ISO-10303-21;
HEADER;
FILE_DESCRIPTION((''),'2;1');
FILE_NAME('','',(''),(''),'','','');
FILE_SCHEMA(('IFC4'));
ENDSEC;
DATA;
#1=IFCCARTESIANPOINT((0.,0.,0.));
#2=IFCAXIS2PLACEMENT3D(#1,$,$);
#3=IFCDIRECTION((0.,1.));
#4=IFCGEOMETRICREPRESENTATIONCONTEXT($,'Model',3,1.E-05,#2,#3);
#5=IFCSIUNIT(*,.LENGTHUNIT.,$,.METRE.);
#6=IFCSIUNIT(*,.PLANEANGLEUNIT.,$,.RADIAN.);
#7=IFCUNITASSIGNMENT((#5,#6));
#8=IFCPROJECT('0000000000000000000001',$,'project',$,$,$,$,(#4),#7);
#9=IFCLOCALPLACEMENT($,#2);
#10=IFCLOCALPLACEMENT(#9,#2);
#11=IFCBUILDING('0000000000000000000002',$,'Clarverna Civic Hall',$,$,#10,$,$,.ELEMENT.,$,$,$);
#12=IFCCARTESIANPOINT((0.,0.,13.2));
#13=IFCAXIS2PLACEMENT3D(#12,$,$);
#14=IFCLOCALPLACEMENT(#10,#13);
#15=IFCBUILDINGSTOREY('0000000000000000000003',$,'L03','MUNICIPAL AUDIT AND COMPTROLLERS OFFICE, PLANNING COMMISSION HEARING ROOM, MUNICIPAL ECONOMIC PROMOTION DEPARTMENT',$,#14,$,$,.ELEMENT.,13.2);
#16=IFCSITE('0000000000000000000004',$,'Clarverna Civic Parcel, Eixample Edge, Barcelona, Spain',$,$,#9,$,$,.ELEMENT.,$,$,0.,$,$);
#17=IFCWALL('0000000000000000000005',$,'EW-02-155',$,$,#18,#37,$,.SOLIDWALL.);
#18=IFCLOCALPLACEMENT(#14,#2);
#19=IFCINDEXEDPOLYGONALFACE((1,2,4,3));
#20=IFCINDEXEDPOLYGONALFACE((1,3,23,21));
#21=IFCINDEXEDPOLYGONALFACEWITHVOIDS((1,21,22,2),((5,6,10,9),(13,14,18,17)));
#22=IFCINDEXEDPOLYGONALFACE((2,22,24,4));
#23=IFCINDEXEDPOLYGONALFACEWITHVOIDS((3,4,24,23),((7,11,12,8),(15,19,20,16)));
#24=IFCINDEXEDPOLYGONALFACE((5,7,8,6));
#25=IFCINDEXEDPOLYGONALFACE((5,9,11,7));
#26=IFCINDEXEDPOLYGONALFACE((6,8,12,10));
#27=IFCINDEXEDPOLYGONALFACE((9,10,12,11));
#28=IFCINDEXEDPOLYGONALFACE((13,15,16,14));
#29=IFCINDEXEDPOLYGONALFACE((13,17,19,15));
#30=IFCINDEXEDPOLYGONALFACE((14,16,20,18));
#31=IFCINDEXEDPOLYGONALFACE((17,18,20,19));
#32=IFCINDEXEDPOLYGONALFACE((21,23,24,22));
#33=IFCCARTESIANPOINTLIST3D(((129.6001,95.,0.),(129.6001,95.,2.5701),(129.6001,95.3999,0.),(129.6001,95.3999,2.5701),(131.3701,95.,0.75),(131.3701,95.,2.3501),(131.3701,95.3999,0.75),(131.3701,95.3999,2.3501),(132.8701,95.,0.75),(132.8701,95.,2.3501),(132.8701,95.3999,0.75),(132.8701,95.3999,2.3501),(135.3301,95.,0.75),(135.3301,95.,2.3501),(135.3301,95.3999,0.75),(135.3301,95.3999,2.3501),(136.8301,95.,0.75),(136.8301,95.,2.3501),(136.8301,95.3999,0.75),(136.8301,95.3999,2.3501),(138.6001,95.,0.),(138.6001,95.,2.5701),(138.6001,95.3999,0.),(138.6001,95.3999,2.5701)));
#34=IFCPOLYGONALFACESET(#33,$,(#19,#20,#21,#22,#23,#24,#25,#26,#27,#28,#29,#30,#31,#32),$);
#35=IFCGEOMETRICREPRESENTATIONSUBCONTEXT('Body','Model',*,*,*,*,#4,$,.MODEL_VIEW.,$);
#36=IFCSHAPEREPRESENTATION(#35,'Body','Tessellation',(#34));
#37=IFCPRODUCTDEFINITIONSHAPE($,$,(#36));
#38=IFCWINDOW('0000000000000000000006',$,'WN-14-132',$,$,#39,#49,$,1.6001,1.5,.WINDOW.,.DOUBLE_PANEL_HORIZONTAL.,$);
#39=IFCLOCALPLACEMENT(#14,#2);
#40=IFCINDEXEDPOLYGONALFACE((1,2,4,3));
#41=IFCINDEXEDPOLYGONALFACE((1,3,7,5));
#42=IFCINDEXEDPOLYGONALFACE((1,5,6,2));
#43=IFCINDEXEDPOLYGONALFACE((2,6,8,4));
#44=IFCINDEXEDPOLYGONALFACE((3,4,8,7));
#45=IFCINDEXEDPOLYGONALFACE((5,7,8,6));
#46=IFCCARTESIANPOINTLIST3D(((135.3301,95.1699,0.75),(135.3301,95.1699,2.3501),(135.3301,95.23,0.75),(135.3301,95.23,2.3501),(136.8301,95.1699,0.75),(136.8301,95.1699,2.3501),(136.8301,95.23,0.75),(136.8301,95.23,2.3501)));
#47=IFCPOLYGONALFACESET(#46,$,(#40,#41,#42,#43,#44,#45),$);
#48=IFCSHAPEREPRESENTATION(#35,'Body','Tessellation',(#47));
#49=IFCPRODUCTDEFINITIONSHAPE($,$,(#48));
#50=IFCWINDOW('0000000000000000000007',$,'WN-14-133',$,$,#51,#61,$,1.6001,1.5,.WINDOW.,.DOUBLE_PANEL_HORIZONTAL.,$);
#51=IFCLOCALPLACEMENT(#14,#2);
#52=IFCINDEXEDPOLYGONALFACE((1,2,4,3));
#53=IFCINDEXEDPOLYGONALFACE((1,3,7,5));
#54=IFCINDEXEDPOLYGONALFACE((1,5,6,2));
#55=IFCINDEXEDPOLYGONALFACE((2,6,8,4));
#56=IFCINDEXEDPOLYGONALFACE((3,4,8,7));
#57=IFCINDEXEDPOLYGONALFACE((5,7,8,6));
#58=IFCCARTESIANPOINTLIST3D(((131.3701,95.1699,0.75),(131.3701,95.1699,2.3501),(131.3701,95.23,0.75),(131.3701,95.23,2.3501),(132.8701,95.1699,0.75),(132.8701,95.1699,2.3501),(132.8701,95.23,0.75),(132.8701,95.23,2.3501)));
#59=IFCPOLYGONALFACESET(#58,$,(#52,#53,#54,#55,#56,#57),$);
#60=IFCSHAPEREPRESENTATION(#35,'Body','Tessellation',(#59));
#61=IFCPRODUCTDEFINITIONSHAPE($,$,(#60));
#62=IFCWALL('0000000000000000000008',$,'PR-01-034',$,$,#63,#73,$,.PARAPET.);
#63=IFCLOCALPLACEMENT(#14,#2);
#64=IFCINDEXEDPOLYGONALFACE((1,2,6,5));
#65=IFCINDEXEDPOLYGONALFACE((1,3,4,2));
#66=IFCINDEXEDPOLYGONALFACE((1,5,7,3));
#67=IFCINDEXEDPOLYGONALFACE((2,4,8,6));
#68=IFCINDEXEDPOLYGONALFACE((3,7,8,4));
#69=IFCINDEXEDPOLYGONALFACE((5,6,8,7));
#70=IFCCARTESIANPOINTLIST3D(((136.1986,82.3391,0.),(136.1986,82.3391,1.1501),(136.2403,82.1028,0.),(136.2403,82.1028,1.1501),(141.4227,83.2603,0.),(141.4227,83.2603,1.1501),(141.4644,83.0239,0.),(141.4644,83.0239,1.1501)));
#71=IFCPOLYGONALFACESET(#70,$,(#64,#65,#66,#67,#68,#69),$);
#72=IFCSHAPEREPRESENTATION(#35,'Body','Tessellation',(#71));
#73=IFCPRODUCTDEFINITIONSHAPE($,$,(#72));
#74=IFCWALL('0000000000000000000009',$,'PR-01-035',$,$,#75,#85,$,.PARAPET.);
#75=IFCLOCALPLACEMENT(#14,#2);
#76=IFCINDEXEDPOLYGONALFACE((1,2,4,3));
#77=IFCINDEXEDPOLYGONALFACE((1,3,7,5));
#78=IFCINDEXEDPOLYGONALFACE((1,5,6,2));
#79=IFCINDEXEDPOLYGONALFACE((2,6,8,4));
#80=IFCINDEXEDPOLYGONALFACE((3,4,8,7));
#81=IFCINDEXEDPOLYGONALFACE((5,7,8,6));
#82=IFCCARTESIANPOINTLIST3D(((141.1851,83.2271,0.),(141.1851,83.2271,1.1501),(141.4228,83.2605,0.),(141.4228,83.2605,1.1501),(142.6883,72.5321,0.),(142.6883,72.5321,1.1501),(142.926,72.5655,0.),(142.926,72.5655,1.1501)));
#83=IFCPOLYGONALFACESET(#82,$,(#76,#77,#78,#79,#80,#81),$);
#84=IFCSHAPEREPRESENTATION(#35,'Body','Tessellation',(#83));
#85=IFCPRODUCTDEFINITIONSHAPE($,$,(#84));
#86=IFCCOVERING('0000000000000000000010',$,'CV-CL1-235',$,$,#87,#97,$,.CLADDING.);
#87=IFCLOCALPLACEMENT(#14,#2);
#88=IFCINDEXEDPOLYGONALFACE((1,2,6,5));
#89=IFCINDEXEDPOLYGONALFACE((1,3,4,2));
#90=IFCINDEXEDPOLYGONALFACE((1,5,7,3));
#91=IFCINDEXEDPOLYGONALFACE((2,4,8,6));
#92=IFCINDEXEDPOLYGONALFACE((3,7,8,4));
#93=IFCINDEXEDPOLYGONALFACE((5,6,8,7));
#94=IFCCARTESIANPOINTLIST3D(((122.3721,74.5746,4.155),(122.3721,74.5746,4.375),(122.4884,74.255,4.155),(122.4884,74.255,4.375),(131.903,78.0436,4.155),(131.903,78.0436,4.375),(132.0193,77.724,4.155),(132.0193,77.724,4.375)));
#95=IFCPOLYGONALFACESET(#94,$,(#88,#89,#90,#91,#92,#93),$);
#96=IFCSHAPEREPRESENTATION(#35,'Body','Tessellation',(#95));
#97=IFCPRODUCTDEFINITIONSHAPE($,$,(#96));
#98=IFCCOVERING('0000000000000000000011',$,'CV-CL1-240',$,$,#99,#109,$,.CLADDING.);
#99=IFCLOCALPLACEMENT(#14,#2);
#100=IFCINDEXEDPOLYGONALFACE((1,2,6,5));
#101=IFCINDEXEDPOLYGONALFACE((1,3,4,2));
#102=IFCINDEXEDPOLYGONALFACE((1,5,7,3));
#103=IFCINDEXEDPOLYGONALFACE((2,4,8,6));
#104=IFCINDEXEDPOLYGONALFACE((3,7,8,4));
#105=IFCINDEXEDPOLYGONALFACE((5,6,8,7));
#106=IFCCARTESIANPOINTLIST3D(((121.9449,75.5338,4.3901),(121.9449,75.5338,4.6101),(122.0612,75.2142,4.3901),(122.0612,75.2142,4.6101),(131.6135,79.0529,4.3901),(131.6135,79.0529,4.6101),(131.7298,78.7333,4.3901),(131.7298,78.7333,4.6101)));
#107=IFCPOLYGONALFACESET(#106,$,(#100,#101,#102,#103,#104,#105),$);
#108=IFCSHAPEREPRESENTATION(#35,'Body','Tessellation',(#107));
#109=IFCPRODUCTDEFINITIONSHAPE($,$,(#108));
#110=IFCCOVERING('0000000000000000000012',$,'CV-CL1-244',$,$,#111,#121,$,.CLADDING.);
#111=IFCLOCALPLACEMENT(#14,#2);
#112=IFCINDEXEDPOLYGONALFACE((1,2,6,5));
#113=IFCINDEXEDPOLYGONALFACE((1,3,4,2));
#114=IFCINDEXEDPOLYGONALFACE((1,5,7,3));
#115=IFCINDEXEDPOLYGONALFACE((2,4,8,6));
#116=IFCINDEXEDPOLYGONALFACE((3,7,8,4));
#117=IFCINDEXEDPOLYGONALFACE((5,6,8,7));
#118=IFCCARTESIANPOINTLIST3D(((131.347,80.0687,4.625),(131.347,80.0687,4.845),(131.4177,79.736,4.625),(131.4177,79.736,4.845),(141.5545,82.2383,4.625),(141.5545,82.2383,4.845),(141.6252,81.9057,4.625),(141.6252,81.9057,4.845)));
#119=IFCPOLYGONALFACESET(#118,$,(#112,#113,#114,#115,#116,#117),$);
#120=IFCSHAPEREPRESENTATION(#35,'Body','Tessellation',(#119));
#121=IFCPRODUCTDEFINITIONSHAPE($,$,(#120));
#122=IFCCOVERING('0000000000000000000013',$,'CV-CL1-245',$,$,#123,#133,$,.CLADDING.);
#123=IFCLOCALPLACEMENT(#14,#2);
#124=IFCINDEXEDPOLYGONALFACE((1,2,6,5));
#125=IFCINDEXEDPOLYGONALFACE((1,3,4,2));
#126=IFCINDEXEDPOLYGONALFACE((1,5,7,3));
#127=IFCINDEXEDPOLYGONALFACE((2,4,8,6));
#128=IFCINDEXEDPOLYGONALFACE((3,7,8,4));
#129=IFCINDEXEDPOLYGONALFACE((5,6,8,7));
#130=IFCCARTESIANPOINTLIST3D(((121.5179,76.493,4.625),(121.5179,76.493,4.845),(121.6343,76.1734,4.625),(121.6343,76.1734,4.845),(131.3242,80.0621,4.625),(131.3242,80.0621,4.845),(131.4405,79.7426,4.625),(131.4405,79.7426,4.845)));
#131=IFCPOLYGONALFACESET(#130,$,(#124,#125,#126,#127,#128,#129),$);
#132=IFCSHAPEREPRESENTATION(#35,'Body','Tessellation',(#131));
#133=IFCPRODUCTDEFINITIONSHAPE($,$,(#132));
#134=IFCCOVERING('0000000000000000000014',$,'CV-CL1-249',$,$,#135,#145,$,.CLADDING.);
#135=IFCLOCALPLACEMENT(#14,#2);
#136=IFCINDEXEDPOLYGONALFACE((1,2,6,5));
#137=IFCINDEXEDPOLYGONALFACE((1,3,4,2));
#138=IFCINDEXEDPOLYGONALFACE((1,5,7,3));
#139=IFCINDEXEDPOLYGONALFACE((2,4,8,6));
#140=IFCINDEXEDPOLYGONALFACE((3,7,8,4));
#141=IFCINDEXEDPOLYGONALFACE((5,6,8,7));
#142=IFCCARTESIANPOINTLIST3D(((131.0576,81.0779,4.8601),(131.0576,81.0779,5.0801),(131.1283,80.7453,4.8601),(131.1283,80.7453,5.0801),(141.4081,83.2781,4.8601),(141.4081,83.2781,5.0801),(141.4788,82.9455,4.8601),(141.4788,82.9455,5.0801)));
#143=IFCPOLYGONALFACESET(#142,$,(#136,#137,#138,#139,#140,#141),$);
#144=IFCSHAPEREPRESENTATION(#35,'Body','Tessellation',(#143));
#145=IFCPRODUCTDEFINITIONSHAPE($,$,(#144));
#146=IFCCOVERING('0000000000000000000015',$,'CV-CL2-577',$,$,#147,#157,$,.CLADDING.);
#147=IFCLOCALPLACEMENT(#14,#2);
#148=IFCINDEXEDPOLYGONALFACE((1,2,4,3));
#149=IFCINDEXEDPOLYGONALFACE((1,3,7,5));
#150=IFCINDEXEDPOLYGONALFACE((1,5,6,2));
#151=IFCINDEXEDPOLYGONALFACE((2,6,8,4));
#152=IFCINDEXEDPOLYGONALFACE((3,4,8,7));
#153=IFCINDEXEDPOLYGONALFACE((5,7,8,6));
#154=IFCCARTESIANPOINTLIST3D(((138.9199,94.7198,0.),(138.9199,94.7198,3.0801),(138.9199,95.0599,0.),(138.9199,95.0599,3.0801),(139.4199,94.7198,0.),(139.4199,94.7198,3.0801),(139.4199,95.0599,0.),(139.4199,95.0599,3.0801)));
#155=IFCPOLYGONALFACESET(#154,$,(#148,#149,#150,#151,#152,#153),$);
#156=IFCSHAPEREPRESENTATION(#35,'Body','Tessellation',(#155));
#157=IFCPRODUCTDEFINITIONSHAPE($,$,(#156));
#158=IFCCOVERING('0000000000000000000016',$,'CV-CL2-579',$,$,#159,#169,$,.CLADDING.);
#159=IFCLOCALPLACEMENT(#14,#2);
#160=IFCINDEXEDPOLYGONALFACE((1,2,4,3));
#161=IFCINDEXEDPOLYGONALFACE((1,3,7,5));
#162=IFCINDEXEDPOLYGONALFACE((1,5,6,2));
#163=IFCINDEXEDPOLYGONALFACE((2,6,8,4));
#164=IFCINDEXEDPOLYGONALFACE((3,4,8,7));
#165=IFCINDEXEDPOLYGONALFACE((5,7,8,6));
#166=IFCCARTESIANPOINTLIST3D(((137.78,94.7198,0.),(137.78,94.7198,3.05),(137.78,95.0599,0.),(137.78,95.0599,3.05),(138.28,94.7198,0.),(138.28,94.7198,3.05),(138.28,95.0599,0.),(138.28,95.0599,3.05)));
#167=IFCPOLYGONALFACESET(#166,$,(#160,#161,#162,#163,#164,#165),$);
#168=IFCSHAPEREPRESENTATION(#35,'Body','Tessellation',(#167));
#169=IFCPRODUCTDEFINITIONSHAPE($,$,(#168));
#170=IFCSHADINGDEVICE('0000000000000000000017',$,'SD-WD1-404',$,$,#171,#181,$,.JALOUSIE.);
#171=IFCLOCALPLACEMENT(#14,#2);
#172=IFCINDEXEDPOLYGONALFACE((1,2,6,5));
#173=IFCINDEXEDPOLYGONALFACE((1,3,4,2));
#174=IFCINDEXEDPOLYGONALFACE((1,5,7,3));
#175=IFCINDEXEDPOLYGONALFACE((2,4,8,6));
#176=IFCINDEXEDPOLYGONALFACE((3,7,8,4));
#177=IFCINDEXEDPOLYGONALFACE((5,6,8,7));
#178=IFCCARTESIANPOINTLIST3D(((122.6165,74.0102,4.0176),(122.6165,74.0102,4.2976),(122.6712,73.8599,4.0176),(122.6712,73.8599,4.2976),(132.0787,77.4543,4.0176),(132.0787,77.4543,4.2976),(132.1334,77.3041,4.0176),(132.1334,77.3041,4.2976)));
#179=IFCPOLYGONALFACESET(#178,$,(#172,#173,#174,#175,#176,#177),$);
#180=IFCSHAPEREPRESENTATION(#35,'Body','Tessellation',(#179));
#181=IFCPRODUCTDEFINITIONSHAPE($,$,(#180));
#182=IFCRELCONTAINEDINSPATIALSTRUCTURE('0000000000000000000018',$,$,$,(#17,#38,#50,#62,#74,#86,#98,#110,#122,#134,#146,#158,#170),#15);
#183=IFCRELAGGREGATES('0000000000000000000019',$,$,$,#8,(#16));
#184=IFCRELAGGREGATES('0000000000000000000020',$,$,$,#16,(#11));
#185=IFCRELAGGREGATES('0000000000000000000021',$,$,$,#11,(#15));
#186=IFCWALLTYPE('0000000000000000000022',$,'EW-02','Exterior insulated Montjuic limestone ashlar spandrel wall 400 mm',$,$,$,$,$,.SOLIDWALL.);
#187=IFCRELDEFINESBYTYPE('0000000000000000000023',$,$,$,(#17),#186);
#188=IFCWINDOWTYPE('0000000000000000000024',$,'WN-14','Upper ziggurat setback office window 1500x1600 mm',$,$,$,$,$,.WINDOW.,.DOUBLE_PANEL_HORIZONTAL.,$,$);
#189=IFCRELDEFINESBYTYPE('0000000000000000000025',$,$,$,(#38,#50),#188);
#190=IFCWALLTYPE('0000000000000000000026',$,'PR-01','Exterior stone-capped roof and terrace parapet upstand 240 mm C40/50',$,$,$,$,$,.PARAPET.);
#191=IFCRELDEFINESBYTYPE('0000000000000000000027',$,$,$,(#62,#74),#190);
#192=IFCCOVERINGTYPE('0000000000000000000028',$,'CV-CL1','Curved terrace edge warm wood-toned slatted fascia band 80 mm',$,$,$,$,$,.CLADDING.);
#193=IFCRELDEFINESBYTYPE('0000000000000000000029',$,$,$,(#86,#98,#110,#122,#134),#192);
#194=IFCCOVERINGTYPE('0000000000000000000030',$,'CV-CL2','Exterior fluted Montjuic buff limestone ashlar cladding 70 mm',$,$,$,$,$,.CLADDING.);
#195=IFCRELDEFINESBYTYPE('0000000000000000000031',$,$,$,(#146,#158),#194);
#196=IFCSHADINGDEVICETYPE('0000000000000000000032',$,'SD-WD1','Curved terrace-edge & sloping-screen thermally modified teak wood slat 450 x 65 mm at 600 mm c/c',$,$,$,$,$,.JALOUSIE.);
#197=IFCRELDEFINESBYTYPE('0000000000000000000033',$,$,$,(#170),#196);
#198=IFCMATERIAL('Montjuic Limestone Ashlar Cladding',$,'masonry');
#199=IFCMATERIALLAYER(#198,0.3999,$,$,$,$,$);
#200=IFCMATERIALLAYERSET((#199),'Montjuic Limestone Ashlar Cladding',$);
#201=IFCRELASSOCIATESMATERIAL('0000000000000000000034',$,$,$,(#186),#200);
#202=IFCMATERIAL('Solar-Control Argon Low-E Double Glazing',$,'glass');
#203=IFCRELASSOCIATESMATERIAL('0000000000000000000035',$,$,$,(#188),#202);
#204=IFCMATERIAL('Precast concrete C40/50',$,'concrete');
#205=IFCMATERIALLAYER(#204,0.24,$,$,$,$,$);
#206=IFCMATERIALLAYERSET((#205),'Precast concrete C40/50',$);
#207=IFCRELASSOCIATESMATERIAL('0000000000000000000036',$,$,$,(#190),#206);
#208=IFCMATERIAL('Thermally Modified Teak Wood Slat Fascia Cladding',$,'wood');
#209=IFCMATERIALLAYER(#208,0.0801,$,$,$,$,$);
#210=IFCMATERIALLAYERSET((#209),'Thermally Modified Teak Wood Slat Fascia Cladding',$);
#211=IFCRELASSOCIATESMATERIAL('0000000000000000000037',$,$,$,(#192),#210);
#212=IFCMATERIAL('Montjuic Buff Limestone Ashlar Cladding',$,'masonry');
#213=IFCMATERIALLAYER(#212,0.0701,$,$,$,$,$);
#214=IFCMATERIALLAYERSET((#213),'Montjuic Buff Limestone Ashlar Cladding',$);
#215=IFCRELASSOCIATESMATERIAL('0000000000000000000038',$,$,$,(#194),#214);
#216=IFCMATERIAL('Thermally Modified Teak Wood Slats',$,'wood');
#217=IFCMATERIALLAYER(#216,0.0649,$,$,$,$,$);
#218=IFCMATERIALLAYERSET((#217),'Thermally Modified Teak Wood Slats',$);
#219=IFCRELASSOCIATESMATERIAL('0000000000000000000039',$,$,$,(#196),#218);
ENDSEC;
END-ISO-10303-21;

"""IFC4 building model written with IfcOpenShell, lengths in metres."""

from ifc_helpers import new_model, si_unit, direction, frame, frame_2d, origin, place, context, subcontext, project, spatial, rectangle, extrude, material, layer, layer_set, type_object, element, fill, save


model = new_model("IFC4")

# Units and contexts
model_context = context("Model", 3, precision=1e-05, world=origin(), true_north=direction((0.0, 1.0)))
body_context = subcontext(model_context, "Body", "Model", "MODEL_VIEW")
ifc_project = project(units=[si_unit("LENGTHUNIT", "METRE"), si_unit("PLANEANGLEUNIT", "RADIAN")], contexts=[model_context])

# Site, building, storey
site_placement = place(None, origin())
site = spatial("IfcSite", under=ifc_project, at=site_placement, Name="Clarverna Civic Parcel, Eixample Edge, Barcelona, Spain", CompositionType="ELEMENT", RefElevation=0.0)
building_placement = place(site_placement, origin())
building = spatial("IfcBuilding", under=site, at=building_placement, Name="Clarverna Civic Hall", CompositionType="ELEMENT")
storey_placement = place(building_placement, frame((0.0, 0.0, 13.2)))
storey = spatial("IfcBuildingStorey", under=building, at=storey_placement, Name="L03", Description="MUNICIPAL AUDIT AND COMPTROLLERS OFFICE, PLANNING COMMISSION HEARING ROOM, MUNICIPAL ECONOMIC PROMOTION DEPARTMENT", CompositionType="ELEMENT", Elevation=13.2)

# Wall, openings, windows
ifc_material_1 = material(Name="Montjuic Limestone Ashlar Cladding", Category="masonry")
ifc_layer_1 = layer(ifc_material_1, 0.3999)
ifc_layer_set_1 = layer_set([ifc_layer_1], Name="Montjuic Limestone Ashlar Cladding")
wall_type_1 = type_object("IfcWallType", Name="EW-02", Description="Exterior insulated Montjuic limestone ashlar spandrel wall 400 mm", PredefinedType="SOLIDWALL", material=ifc_layer_set_1)
wall_1_placement = place(storey_placement, frame((138.6001, 95.2, 0.0), z_axis=(0.0, 0.0, 1.0), x_axis=(-1.0, 0.0, 0.0)))
wall_1 = element("IfcWall", 1, at=wall_1_placement, inside=storey, type_object=wall_type_1, Name="EW-02-155", PredefinedType="SOLIDWALL", context=body_context, shape_type="SweptSolid", body=[
    extrude(rectangle(XDim=9.0, YDim=0.3999, at=frame_2d((4.5, 0.0))), origin(), (0.0, 0.0, 1.0), 2.5701),
])
opening_1_placement = place(wall_1_placement, frame((1.77, 0.0, 0.75)))
opening_1 = element("IfcOpeningElement", 2, at=opening_1_placement, cuts=wall_1, PredefinedType="OPENING", context=body_context, shape_type="SweptSolid", body=[
    extrude(rectangle(XDim=1.5, YDim=1.6001, at=frame_2d((0.75, 0.8))), frame((0.0, 0.21, 0.0), z_axis=(0.0, -1.0, 0.0), x_axis=(1.0, 0.0, 0.0)), (0.0, 0.0, 1.0), 0.4199),
])
opening_2_placement = place(wall_1_placement, frame((5.73, 0.0, 0.75)))
opening_2 = element("IfcOpeningElement", 3, at=opening_2_placement, cuts=wall_1, PredefinedType="OPENING", context=body_context, shape_type="SweptSolid", body=[
    extrude(rectangle(XDim=1.5, YDim=1.6001, at=frame_2d((0.75, 0.8))), frame((0.0, 0.21, 0.0), z_axis=(0.0, -1.0, 0.0), x_axis=(1.0, 0.0, 0.0)), (0.0, 0.0, 1.0), 0.4199),
])
ifc_material_2 = material(Name="Solar-Control Argon Low-E Double Glazing", Category="glass")
window_type = type_object("IfcWindowType", Name="WN-14", Description="Upper ziggurat setback office window 1500x1600 mm", PartitioningType="DOUBLE_PANEL_HORIZONTAL", PredefinedType="WINDOW", material=ifc_material_2)
window_1_placement = place(opening_1_placement, origin())
window_1 = element("IfcWindow", 4, at=window_1_placement, inside=storey, type_object=window_type, Name="WN-14-132", OverallHeight=1.6001, OverallWidth=1.5, PartitioningType="DOUBLE_PANEL_HORIZONTAL", PredefinedType="WINDOW", context=body_context, shape_type="SweptSolid", body=[
    extrude(rectangle(XDim=1.5, YDim=1.6001, at=frame_2d((0.75, 0.8))), frame((0.0, 0.03, 0.0), z_axis=(0.0, -1.0, 0.0), x_axis=(1.0, 0.0, 0.0)), (0.0, 0.0, 1.0), 0.0601),
])
fill(opening_1, window_1)
window_2_placement = place(opening_2_placement, origin())
window_2 = element("IfcWindow", 5, at=window_2_placement, inside=storey, type_object=window_type, Name="WN-14-133", OverallHeight=1.6001, OverallWidth=1.5, PartitioningType="DOUBLE_PANEL_HORIZONTAL", PredefinedType="WINDOW", context=body_context, shape_type="SweptSolid", body=[
    extrude(rectangle(XDim=1.5, YDim=1.6001, at=frame_2d((0.75, 0.8))), frame((0.0, 0.03, 0.0), z_axis=(0.0, -1.0, 0.0), x_axis=(1.0, 0.0, 0.0)), (0.0, 0.0, 1.0), 0.0601),
])
fill(opening_2, window_2)

# Walls
ifc_material_3 = material(Name="Precast concrete C40/50", Category="concrete")
ifc_layer_2 = layer(ifc_material_3, 0.24)
ifc_layer_set_2 = layer_set([ifc_layer_2], Name="Precast concrete C40/50")
wall_type_2 = type_object("IfcWallType", Name="PR-01", Description="Exterior stone-capped roof and terrace parapet upstand 240 mm C40/50", PredefinedType="PARAPET", material=ifc_layer_set_2)
wall_2_placement = place(storey_placement, frame((136.2195, 82.2209, 0.0), z_axis=(0.0, 0.0, 1.0), x_axis=(0.984808, 0.173646, 0.0)))
element("IfcWall", 6, at=wall_2_placement, inside=storey, type_object=wall_type_2, Name="PR-01-034", PredefinedType="PARAPET", context=body_context, shape_type="SweptSolid", body=[
    extrude(rectangle(XDim=5.3047, YDim=0.24, at=frame_2d((2.6523, 0.0))), origin(), (0.0, 0.0, 1.0), 1.1501),
])
wall_3_placement = place(storey_placement, frame((141.304, 83.2437, 0.0), z_axis=(0.0, 0.0, 1.0), x_axis=(0.139183, -0.990267, 0.0)))
element("IfcWall", 7, at=wall_3_placement, inside=storey, type_object=wall_type_2, Name="PR-01-035", PredefinedType="PARAPET", context=body_context, shape_type="SweptSolid", body=[
    extrude(rectangle(XDim=10.8, YDim=0.24, at=frame_2d((5.3999, 0.0))), origin(), (0.0, 0.0, 1.0), 1.1501),
])

# Coverings
ifc_material_4 = material(Name="Thermally Modified Teak Wood Slat Fascia Cladding", Category="wood")
ifc_layer_3 = layer(ifc_material_4, 0.0801)
ifc_layer_set_3 = layer_set([ifc_layer_3], Name="Thermally Modified Teak Wood Slat Fascia Cladding")
covering_type_1 = type_object("IfcCoveringType", Name="CV-CL1", Description="Curved terrace edge warm wood-toned slatted fascia band 80 mm", PredefinedType="CLADDING", material=ifc_layer_set_3)
covering_1_placement = place(storey_placement, frame((131.9612, 77.8838, 4.155), z_axis=(0.0, 0.0, 1.0), x_axis=(-0.939693, -0.342019, 0.0)))
element("IfcCovering", 8, at=covering_1_placement, inside=storey, type_object=covering_type_1, Name="CV-CL1-235", PredefinedType="CLADDING", context=body_context, shape_type="SweptSolid", body=[
    extrude(rectangle(XDim=10.1426, YDim=0.3401, at=frame_2d((5.0713, 0.0))), origin(), (0.0, 0.0, 1.0), 0.22),
])
covering_2_placement = place(storey_placement, frame((131.6716, 78.8931, 4.3901), z_axis=(0.0, 0.0, 1.0), x_axis=(-0.939692, -0.342021, 0.0)))
element("IfcCovering", 9, at=covering_2_placement, inside=storey, type_object=covering_type_1, Name="CV-CL1-240", PredefinedType="CLADDING", context=body_context, shape_type="SweptSolid", body=[
    extrude(rectangle(XDim=10.2891, YDim=0.3401, at=frame_2d((5.1445, 0.0))), origin(), (0.0, 0.0, 1.0), 0.22),
])
for number, where, z_axis, x_axis, name in (
    (10, (141.5898, 82.072, 4.625), (0.0, 0.0, 1.0), (-0.978148, -0.207912, 0.0), "CV-CL1-244"),
    (11, (131.3823, 79.9023, 4.625), (0.0, 0.0, 1.0), (-0.939694, -0.342015, 0.0), "CV-CL1-245"),
):
    element("IfcCovering", number, at=place(storey_placement, frame(where, z_axis=z_axis, x_axis=x_axis)), inside=storey, type_object=covering_type_1, Name=name, PredefinedType="CLADDING", context=body_context, shape_type="SweptSolid", body=[
        extrude(rectangle(XDim=10.4355, YDim=0.3401, at=frame_2d((5.2178, 0.0))), origin(), (0.0, 0.0, 1.0), 0.22),
    ])
covering_3_placement = place(storey_placement, frame((141.4436, 83.1118, 4.8601), z_axis=(0.0, 0.0, 1.0), x_axis=(-0.978145, -0.207922, 0.0)))
element("IfcCovering", 12, at=covering_3_placement, inside=storey, type_object=covering_type_1, Name="CV-CL1-249", PredefinedType="CLADDING", context=body_context, shape_type="SweptSolid", body=[
    extrude(rectangle(XDim=10.5818, YDim=0.3401, at=frame_2d((5.291, 0.0))), origin(), (0.0, 0.0, 1.0), 0.22),
])
ifc_material_5 = material(Name="Montjuic Buff Limestone Ashlar Cladding", Category="masonry")
ifc_layer_4 = layer(ifc_material_5, 0.0701)
ifc_layer_set_4 = layer_set([ifc_layer_4], Name="Montjuic Buff Limestone Ashlar Cladding")
covering_type_2 = type_object("IfcCoveringType", Name="CV-CL2", Description="Exterior fluted Montjuic buff limestone ashlar cladding 70 mm", PredefinedType="CLADDING", material=ifc_layer_set_4)
covering_4_placement = place(storey_placement, frame((139.4199, 94.8899, 0.0), z_axis=(0.0, 0.0, 1.0), x_axis=(-1.0, 0.0, 0.0)))
element("IfcCovering", 13, at=covering_4_placement, inside=storey, type_object=covering_type_2, Name="CV-CL2-577", PredefinedType="CLADDING", context=body_context, shape_type="SweptSolid", body=[
    extrude(rectangle(XDim=0.5, YDim=0.3401, at=frame_2d((0.25, 0.0))), origin(), (0.0, 0.0, 1.0), 3.0801),
])
covering_5_placement = place(storey_placement, frame((138.28, 94.8899, 0.0), z_axis=(0.0, 0.0, 1.0), x_axis=(-1.0, 0.0, 0.0)))
element("IfcCovering", 14, at=covering_5_placement, inside=storey, type_object=covering_type_2, Name="CV-CL2-579", PredefinedType="CLADDING", context=body_context, shape_type="SweptSolid", body=[
    extrude(rectangle(XDim=0.5, YDim=0.3401, at=frame_2d((0.25, 0.0))), origin(), (0.0, 0.0, 1.0), 3.05),
])

# Shading device
ifc_material_6 = material(Name="Thermally Modified Teak Wood Slats", Category="wood")
ifc_layer_5 = layer(ifc_material_6, 0.0649)
ifc_layer_set_5 = layer_set([ifc_layer_5], Name="Thermally Modified Teak Wood Slats")
shading_device_type = type_object("IfcShadingDeviceType", Name="SD-WD1", Description="Curved terrace-edge & sloping-screen thermally modified teak wood slat 450 x 65 mm at 600 mm c/c", PredefinedType="JALOUSIE", material=ifc_layer_set_5)
shading_device_1_placement = place(storey_placement, frame((132.106, 77.3792, 4.0176), z_axis=(0.0, 0.0, 1.0), x_axis=(-0.939688, -0.342033, 0.0)))
element("IfcShadingDevice", 15, at=shading_device_1_placement, inside=storey, type_object=shading_device_type, Name="SD-WD1-404", PredefinedType="JALOUSIE", context=body_context, shape_type="SweptSolid", body=[
    extrude(rectangle(XDim=10.0696, YDim=0.1599, at=frame_2d((5.0347, 0.0))), origin(), (0.0, 0.0, 1.0), 0.28),
])

save(model, "model.ifc")
